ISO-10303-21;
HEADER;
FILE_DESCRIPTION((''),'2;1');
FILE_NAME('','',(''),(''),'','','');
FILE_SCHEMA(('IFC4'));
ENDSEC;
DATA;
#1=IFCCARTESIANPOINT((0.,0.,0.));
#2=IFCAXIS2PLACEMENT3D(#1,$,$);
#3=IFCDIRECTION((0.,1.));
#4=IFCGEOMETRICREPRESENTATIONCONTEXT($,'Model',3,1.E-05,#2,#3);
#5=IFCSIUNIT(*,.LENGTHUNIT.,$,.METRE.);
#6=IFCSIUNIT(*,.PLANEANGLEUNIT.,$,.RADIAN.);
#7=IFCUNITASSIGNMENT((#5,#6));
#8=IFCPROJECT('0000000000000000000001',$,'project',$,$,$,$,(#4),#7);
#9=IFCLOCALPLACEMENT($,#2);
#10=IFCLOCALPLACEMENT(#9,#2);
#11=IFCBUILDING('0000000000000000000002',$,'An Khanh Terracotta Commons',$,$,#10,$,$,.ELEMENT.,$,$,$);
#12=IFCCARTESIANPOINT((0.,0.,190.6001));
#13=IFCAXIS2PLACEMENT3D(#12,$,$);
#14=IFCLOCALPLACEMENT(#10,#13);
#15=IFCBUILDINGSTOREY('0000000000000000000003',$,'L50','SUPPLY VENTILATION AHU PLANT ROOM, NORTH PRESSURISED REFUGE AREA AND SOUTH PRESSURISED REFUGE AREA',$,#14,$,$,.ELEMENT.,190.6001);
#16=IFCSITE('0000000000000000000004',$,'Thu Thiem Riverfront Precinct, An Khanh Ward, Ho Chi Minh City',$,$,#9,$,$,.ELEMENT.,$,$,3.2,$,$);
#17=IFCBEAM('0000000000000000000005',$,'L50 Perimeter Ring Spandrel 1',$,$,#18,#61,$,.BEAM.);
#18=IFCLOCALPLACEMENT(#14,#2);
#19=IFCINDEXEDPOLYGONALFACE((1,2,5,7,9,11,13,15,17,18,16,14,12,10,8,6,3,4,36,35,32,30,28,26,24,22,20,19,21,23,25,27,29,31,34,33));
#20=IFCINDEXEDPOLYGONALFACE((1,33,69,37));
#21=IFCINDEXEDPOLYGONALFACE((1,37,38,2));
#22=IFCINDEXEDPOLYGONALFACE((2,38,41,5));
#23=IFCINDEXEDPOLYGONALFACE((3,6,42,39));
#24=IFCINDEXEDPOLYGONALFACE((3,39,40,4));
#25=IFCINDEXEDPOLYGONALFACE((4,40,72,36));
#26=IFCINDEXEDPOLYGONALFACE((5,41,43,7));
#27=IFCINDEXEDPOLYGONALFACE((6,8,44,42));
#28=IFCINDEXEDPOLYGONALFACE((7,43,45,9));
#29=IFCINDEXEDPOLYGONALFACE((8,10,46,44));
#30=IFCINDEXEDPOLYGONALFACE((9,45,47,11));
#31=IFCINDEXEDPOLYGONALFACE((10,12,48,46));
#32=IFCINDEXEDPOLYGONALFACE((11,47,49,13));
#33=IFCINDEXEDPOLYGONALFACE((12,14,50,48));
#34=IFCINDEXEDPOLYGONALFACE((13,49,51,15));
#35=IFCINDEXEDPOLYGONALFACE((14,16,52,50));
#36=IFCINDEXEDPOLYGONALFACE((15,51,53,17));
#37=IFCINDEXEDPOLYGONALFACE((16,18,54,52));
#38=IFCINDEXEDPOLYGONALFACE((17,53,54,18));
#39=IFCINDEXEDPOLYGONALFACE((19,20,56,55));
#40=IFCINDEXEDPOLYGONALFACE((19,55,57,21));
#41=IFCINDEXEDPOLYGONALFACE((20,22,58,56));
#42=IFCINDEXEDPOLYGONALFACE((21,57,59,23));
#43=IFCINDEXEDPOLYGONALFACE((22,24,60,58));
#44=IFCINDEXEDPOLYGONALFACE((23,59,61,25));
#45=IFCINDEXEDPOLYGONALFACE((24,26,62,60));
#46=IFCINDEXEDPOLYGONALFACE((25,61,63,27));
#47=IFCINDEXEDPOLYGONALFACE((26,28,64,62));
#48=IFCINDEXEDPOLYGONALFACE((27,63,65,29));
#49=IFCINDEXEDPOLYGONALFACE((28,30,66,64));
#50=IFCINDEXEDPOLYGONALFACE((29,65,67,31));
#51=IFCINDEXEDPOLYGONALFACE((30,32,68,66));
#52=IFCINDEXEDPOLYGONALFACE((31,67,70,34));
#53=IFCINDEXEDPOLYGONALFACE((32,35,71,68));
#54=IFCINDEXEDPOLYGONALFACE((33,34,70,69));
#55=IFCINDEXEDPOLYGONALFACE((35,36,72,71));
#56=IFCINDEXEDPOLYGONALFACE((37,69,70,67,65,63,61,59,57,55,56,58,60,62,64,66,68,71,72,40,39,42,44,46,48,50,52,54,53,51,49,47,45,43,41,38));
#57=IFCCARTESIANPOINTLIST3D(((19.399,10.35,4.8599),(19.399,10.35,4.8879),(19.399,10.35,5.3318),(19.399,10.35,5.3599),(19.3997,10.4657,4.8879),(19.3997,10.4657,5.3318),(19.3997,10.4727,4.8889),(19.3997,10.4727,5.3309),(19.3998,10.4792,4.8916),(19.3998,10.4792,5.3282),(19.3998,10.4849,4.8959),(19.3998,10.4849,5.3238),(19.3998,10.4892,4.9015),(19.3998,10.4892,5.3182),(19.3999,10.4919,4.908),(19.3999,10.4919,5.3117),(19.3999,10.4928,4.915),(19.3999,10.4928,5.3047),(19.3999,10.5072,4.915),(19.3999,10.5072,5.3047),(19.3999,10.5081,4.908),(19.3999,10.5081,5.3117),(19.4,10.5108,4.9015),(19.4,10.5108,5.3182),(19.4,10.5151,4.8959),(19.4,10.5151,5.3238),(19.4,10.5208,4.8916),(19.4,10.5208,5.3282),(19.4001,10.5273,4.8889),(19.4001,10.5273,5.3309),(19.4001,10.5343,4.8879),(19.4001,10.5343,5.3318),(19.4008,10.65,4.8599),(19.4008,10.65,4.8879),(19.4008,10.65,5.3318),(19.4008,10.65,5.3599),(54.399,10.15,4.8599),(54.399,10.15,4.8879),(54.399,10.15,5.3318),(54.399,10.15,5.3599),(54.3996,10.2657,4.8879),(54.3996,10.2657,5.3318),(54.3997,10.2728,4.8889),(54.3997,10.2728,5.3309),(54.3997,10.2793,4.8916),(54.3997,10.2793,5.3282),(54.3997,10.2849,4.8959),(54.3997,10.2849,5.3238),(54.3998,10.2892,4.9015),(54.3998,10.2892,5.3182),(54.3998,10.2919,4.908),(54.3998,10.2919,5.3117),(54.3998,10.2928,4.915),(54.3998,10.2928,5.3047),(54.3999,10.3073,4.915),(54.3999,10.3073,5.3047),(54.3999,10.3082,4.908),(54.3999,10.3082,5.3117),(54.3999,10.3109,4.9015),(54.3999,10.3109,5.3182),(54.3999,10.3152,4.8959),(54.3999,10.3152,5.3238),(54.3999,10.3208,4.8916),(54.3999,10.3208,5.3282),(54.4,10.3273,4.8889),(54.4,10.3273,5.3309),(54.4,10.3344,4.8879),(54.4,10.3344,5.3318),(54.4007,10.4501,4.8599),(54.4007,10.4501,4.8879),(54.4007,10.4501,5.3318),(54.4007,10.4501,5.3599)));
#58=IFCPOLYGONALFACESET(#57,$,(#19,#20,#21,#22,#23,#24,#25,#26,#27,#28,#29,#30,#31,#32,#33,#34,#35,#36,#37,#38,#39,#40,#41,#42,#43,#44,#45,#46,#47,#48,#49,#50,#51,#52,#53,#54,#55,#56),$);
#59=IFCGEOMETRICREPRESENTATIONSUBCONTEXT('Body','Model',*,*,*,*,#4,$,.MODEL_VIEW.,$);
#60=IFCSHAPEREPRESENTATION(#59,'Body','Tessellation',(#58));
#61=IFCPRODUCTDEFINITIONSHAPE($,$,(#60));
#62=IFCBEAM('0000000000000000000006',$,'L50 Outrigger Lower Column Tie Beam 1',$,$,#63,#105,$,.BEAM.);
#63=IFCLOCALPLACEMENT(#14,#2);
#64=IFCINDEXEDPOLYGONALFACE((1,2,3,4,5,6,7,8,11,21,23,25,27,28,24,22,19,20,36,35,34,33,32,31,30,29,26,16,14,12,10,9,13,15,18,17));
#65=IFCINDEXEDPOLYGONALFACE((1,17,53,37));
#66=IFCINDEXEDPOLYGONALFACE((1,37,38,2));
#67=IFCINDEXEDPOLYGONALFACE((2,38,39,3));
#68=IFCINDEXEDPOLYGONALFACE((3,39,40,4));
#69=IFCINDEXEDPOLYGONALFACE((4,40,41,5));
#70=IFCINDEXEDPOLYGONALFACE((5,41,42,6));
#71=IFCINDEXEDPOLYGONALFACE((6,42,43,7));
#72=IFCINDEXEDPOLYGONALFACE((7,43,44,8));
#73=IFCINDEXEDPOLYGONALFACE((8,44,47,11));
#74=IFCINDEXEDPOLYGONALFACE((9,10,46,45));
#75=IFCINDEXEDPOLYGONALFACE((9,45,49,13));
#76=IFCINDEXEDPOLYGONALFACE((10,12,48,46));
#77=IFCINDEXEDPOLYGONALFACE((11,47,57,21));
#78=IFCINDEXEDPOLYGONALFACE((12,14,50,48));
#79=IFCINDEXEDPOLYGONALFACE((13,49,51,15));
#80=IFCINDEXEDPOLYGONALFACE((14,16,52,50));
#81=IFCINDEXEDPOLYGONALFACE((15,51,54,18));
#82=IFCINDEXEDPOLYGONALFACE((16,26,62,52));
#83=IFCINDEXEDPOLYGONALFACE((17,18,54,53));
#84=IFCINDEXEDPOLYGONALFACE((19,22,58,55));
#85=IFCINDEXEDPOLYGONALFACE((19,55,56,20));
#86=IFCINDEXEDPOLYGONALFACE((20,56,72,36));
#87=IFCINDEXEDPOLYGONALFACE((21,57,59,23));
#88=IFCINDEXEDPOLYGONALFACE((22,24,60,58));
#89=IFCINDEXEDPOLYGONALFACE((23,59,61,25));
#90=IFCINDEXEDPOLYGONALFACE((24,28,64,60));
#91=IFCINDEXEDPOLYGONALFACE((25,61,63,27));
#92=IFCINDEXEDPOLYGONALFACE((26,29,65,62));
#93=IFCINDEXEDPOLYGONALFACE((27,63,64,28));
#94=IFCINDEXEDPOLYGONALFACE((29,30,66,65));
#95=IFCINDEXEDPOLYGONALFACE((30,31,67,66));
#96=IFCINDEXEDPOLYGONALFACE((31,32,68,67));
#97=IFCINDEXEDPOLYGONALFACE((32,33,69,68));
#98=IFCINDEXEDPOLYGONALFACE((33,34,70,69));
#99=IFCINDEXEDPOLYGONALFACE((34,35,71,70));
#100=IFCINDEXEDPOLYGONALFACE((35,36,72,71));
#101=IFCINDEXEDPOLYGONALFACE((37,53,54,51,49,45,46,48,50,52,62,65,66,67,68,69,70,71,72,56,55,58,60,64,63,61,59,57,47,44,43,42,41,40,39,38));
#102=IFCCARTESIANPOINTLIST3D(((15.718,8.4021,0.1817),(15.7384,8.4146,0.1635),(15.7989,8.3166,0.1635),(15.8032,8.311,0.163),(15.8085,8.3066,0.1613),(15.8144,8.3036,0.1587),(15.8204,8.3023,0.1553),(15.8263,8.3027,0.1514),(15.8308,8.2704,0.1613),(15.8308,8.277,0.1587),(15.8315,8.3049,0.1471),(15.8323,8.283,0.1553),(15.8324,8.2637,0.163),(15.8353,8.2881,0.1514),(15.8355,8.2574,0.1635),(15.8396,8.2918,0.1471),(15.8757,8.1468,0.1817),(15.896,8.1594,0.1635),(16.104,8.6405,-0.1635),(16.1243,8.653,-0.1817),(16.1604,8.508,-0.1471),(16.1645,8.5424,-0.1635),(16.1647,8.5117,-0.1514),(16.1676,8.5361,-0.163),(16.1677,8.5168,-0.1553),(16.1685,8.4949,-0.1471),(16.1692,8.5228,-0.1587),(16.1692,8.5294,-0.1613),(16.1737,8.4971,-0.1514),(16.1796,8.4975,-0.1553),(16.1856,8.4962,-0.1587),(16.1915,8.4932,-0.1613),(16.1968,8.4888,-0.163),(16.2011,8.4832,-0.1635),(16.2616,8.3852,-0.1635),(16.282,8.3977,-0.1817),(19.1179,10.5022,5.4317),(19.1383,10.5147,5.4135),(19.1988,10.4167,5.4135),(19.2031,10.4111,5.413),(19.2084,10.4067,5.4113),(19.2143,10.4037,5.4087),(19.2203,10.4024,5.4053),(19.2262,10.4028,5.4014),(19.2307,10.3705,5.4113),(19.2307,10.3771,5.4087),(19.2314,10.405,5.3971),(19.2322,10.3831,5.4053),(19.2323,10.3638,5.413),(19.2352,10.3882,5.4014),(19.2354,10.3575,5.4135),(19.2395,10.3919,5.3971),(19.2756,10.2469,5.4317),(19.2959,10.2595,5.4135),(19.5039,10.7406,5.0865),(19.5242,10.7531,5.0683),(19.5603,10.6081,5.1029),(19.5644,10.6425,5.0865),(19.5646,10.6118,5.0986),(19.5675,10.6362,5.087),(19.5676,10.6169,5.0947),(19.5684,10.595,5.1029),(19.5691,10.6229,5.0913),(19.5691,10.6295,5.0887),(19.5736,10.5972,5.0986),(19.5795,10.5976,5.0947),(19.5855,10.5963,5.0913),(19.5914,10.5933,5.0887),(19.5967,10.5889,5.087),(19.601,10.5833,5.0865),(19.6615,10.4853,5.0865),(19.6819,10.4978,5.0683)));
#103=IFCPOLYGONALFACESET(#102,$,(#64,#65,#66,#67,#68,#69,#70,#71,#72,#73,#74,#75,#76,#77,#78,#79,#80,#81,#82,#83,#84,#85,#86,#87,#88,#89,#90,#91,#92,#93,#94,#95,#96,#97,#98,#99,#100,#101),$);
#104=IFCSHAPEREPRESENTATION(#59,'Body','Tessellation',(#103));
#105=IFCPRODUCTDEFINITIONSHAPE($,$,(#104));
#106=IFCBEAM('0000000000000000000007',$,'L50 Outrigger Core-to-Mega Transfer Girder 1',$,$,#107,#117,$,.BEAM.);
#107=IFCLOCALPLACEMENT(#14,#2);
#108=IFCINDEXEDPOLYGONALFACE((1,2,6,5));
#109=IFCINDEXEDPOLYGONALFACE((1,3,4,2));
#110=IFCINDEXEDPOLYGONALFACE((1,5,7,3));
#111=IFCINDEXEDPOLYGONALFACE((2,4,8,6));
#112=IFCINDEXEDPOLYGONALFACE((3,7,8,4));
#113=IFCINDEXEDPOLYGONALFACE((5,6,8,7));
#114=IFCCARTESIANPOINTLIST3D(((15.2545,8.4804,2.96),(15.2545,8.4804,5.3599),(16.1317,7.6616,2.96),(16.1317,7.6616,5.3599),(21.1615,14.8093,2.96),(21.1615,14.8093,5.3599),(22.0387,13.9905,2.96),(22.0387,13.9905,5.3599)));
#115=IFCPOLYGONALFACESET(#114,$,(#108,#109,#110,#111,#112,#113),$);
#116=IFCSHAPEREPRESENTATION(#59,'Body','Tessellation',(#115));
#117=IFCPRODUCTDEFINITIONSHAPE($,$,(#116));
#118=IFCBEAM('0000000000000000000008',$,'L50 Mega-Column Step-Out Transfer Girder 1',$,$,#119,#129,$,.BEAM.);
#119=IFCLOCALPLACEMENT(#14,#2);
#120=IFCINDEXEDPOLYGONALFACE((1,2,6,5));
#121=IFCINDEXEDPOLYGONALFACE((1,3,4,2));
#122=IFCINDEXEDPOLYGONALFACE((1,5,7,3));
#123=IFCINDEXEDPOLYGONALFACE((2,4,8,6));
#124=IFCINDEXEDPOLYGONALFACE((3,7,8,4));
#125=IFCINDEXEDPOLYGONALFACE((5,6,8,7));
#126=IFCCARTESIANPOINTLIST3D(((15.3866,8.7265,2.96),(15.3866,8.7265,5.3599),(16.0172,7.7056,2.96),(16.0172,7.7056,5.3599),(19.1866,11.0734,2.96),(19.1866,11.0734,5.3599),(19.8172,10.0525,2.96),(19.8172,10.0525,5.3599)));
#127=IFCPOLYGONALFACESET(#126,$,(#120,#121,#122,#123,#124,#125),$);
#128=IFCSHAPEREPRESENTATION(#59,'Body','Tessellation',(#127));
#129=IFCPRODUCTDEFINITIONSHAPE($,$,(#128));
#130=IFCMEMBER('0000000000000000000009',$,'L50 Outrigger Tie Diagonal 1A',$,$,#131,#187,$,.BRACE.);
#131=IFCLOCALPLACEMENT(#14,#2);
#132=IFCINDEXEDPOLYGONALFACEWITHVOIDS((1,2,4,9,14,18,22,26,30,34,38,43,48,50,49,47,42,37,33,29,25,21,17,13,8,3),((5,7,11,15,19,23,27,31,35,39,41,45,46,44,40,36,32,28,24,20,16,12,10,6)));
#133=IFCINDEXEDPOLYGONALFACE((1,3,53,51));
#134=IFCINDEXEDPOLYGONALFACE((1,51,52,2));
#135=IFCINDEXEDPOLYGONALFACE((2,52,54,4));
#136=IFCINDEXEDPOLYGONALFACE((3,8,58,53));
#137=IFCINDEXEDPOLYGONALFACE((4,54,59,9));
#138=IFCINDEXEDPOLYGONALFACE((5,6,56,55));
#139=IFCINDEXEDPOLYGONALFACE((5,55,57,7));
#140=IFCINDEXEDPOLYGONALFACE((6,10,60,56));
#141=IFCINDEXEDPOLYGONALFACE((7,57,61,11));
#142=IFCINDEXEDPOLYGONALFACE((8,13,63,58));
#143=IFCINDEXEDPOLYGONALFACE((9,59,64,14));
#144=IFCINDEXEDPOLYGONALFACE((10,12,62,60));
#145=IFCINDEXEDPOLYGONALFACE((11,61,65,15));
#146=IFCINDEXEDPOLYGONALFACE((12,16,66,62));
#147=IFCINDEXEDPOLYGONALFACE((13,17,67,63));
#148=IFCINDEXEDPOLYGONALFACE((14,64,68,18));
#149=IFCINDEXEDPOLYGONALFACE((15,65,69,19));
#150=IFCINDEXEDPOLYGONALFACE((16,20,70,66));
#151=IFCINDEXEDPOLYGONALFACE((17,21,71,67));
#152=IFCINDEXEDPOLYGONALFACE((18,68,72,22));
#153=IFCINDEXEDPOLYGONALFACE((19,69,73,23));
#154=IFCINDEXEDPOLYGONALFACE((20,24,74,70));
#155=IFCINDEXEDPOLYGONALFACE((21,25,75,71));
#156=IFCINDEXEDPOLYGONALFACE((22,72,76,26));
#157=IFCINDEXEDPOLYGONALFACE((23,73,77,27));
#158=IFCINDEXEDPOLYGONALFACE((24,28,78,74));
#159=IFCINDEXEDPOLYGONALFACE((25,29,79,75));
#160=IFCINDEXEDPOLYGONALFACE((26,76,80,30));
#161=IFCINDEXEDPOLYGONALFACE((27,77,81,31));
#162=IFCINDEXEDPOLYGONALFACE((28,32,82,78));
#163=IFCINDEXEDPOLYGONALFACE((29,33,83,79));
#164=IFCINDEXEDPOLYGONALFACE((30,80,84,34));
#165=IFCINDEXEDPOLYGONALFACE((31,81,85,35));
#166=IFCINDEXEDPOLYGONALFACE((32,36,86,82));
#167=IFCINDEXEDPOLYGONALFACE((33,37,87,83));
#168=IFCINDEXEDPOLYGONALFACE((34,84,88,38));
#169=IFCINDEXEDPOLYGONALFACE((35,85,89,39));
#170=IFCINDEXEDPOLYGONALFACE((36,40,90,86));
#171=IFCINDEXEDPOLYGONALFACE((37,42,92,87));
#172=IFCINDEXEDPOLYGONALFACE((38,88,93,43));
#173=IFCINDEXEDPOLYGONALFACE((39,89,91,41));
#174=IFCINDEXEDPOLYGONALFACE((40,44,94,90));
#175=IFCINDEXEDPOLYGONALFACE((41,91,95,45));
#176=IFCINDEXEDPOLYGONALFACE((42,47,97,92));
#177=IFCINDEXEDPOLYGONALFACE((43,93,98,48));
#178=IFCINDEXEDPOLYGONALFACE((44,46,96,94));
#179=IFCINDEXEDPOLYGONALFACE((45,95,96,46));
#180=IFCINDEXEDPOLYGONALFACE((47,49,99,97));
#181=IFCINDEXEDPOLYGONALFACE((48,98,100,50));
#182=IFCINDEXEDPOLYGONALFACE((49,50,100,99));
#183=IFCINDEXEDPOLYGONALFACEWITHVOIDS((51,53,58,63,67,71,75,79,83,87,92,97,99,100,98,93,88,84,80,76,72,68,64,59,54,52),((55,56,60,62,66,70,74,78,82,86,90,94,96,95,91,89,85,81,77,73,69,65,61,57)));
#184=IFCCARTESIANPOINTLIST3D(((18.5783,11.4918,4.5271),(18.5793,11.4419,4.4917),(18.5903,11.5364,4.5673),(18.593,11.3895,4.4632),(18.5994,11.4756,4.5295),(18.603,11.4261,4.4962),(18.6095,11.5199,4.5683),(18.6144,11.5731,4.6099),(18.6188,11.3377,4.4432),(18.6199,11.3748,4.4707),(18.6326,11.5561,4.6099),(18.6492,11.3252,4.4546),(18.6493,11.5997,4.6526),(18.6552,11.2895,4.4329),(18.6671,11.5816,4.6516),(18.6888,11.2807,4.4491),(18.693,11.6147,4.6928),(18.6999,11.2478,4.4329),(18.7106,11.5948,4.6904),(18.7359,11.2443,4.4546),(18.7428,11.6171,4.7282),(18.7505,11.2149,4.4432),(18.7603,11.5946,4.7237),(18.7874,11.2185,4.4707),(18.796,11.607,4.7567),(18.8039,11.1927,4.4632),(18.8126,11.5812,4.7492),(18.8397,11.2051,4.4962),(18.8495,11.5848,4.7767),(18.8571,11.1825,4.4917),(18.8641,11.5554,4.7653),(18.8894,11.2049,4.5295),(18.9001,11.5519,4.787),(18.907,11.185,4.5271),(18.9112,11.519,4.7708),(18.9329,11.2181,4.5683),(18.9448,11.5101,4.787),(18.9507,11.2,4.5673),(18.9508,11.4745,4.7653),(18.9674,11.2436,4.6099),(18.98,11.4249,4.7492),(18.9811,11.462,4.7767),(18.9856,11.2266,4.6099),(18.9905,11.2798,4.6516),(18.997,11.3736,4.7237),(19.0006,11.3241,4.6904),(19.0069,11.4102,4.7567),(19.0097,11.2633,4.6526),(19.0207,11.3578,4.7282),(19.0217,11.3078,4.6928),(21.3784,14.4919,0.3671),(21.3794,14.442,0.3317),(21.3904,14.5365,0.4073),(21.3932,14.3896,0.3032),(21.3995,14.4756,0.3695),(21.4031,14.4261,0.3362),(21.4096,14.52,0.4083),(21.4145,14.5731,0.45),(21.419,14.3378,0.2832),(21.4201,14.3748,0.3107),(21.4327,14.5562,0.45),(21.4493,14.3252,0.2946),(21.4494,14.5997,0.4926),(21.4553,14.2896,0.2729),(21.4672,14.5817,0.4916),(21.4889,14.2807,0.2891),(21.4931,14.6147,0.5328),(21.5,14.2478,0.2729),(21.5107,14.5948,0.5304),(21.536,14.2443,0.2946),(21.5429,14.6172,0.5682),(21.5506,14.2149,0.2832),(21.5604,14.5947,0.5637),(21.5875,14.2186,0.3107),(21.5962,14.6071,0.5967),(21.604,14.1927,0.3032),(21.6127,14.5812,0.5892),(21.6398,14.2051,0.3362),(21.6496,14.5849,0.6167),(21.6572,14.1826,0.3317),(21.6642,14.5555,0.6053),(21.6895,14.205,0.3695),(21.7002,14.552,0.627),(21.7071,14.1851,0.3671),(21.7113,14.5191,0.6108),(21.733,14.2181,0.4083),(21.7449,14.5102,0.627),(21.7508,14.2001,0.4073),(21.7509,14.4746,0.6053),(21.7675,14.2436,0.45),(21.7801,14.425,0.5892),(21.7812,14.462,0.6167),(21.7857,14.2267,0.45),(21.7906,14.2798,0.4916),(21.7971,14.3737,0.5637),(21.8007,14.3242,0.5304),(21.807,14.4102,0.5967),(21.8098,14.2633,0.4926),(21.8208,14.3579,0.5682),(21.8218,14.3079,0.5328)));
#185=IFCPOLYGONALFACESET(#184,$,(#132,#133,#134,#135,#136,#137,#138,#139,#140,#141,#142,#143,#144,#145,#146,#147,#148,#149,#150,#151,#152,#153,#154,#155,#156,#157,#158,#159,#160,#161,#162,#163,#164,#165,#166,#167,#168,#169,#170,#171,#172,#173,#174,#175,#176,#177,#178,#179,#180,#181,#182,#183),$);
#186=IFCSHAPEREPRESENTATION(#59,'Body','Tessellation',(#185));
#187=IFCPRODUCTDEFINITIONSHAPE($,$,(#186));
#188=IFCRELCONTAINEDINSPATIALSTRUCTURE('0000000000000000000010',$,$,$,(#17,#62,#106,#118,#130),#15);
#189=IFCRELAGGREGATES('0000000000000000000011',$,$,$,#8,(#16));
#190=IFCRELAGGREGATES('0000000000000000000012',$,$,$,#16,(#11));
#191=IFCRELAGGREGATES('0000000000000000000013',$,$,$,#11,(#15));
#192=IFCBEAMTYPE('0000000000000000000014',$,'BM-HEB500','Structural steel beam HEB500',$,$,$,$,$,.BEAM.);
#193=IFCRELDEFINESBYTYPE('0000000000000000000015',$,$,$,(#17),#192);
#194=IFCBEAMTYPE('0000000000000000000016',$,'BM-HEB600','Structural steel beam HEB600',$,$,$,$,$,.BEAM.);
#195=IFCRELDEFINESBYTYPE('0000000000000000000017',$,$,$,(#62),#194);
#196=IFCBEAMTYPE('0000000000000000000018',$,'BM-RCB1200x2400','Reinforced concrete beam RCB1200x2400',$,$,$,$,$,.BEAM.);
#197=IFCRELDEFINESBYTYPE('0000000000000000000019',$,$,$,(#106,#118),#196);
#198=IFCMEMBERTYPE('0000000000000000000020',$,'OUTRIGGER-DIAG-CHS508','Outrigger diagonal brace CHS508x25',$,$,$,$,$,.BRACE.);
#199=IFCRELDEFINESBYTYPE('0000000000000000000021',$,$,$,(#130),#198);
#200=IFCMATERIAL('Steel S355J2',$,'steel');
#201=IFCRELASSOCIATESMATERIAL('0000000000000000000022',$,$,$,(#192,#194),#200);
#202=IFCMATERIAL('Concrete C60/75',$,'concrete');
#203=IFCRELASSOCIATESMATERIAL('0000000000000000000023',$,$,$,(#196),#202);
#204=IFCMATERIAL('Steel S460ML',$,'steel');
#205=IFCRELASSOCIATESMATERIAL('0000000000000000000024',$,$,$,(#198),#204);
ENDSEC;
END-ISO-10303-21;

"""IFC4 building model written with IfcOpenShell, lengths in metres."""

from ifc_helpers import new_model, si_unit, direction, frame, origin, origin_2d, place, context, subcontext, project, spatial, rectangle, hollow_circle, i_section, extrude, material, material_profile, profile_set, type_object, element, save


model = new_model("IFC4")

# Units and contexts
model_context = context("Model", 3, precision=1e-05, world=origin(), true_north=direction((0.0, 1.0)))
body_context = subcontext(model_context, "Body", "Model", "MODEL_VIEW")
ifc_project = project(units=[si_unit("LENGTHUNIT", "METRE"), si_unit("PLANEANGLEUNIT", "RADIAN")], contexts=[model_context])

# Site, building, storey
site_placement = place(None, origin())
site = spatial("IfcSite", under=ifc_project, at=site_placement, Name="Thu Thiem Riverfront Precinct, An Khanh Ward, Ho Chi Minh City", CompositionType="ELEMENT", RefElevation=3.2)
building_placement = place(site_placement, origin())
building = spatial("IfcBuilding", under=site, at=building_placement, Name="An Khanh Terracotta Commons", CompositionType="ELEMENT")
storey_placement = place(building_placement, frame((0.0, 0.0, 190.6001)))
storey = spatial("IfcBuildingStorey", under=building, at=storey_placement, Name="L50", Description="SUPPLY VENTILATION AHU PLANT ROOM, NORTH PRESSURISED REFUGE AREA AND SOUTH PRESSURISED REFUGE AREA", CompositionType="ELEMENT", Elevation=190.6001)

# Shared definitions
ifc_material_1 = material(Name="Concrete C60/75", Category="concrete")

# Shared definitions
ifc_material_2 = material(Name="Steel S460ML", Category="steel")

# Beams
ifc_material_3 = material(Name="Steel S355J2", Category="steel")
ifc_material_profile_1 = material_profile(ifc_material_3, i_section(OverallWidth=0.3, OverallDepth=0.5, WebThickness=0.0144, FlangeThickness=0.0281, FilletRadius=0.0271, at=origin_2d()), Name="HEB500")
ifc_profile_set_1 = profile_set([ifc_material_profile_1], Name="Steel S355J2")
beam_type_1 = type_object("IfcBeamType", Name="BM-HEB500", Description="Structural steel beam HEB500", PredefinedType="BEAM", material=ifc_profile_set_1)
beam_1_placement = place(storey_placement, frame((19.3999, 10.5, 5.1099), z_axis=(0.999984, -0.005713, 0.0), x_axis=(0.005713, 0.999984, 0.0)))
element("IfcBeam", 1, at=beam_1_placement, inside=storey, type_object=beam_type_1, Name="L50 Perimeter Ring Spandrel 1", PredefinedType="BEAM", context=body_context, shape_type="SweptSolid", body=[
    extrude(i_section(OverallWidth=0.3, OverallDepth=0.5, WebThickness=0.0144, FlangeThickness=0.0281, FilletRadius=0.0271, at=origin_2d()), origin(), (0.0, 0.0, 1.0), 35.0005),
])
ifc_material_profile_2 = material_profile(ifc_material_3, i_section(OverallWidth=0.3, OverallDepth=0.6001, WebThickness=0.0154, FlangeThickness=0.03, FilletRadius=0.0271, at=origin_2d()), Name="HEB600")
ifc_profile_set_2 = profile_set([ifc_material_profile_2], Name="Steel S355J2")
beam_type_2 = type_object("IfcBeamType", Name="BM-HEB600", Description="Structural steel beam HEB600", PredefinedType="BEAM", material=ifc_profile_set_2)
beam_2_placement = place(storey_placement, frame((16.0, 8.3999, 0.0), z_axis=(0.515301, 0.318298, 0.795708), x_axis=(-0.525521, 0.85078, 0.0)))
element("IfcBeam", 2, at=beam_2_placement, inside=storey, type_object=beam_type_2, Name="L50 Outrigger Lower Column Tie Beam 1", PredefinedType="BEAM", context=body_context, shape_type="SweptSolid", body=[
    extrude(i_section(OverallWidth=0.3, OverallDepth=0.6001, WebThickness=0.0154, FlangeThickness=0.03, FilletRadius=0.0271, at=origin_2d()), origin(), (0.0, 0.0, 1.0), 6.5979),
])
ifc_material_profile_3 = material_profile(ifc_material_1, rectangle(XDim=1.2, YDim=2.3999, at=origin_2d()), Name="RCB1200x2400")
ifc_profile_set_3 = profile_set([ifc_material_profile_3], Name="Concrete C60/75")
beam_type_3 = type_object("IfcBeamType", Name="BM-RCB1200x2400", Description="Reinforced concrete beam RCB1200x2400", PredefinedType="BEAM", material=ifc_profile_set_3)
beam_3_placement = place(storey_placement, frame((21.6001, 14.3999, 4.1599), z_axis=(-0.682321, -0.731052, 0.0), x_axis=(0.731052, -0.682321, 0.0)))
element("IfcBeam", 3, at=beam_3_placement, inside=storey, type_object=beam_type_3, Name="L50 Outrigger Core-to-Mega Transfer Girder 1", PredefinedType="BEAM", context=body_context, shape_type="SweptSolid", body=[
    extrude(rectangle(XDim=1.2, YDim=2.3999, at=origin_2d()), origin(), (0.0, 0.0, 1.0), 8.6572),
])
beam_4_placement = place(storey_placement, frame((15.7019, 8.2161, 4.1599), z_axis=(0.850815, 0.525466, 0.0), x_axis=(-0.525466, 0.850815, 0.0)))
element("IfcBeam", 4, at=beam_4_placement, inside=storey, type_object=beam_type_3, Name="L50 Mega-Column Step-Out Transfer Girder 1", PredefinedType="BEAM", context=body_context, shape_type="SweptSolid", body=[
    extrude(rectangle(XDim=1.2, YDim=2.3999, at=origin_2d()), origin(), (0.0, 0.0, 1.0), 4.4663),
])

# Member
ifc_material_profile_4 = material_profile(ifc_material_2, hollow_circle(Radius=0.2539, WallThickness=0.0249, at=origin_2d()), Name="CHS508x25")
ifc_profile_set_4 = profile_set([ifc_material_profile_4], Name="Steel S460ML")
member_type_1 = type_object("IfcMemberType", Name="OUTRIGGER-DIAG-CHS508", Description="Outrigger diagonal brace CHS508x25", PredefinedType="BRACE", material=ifc_profile_set_4)
for number, where, z_axis, x_axis, name in (
    (5, (21.6001, 14.3999, 0.45), (-0.479183, -0.513401, 0.711901), (0.731049, -0.682325, 0.0), "L50 Outrigger Tie Diagonal 1A"),
):
    element("IfcMember", number, at=place(storey_placement, frame(where, z_axis=z_axis, x_axis=x_axis)), inside=storey, type_object=member_type_1, Name=name, PredefinedType="BRACE", context=body_context, shape_type="SweptSolid", body=[
        extrude(hollow_circle(Radius=0.2539, WallThickness=0.0249, at=origin_2d()), origin(), (0.0, 0.0, 1.0), 5.8435),
    ])

save(model, "model.ifc")
